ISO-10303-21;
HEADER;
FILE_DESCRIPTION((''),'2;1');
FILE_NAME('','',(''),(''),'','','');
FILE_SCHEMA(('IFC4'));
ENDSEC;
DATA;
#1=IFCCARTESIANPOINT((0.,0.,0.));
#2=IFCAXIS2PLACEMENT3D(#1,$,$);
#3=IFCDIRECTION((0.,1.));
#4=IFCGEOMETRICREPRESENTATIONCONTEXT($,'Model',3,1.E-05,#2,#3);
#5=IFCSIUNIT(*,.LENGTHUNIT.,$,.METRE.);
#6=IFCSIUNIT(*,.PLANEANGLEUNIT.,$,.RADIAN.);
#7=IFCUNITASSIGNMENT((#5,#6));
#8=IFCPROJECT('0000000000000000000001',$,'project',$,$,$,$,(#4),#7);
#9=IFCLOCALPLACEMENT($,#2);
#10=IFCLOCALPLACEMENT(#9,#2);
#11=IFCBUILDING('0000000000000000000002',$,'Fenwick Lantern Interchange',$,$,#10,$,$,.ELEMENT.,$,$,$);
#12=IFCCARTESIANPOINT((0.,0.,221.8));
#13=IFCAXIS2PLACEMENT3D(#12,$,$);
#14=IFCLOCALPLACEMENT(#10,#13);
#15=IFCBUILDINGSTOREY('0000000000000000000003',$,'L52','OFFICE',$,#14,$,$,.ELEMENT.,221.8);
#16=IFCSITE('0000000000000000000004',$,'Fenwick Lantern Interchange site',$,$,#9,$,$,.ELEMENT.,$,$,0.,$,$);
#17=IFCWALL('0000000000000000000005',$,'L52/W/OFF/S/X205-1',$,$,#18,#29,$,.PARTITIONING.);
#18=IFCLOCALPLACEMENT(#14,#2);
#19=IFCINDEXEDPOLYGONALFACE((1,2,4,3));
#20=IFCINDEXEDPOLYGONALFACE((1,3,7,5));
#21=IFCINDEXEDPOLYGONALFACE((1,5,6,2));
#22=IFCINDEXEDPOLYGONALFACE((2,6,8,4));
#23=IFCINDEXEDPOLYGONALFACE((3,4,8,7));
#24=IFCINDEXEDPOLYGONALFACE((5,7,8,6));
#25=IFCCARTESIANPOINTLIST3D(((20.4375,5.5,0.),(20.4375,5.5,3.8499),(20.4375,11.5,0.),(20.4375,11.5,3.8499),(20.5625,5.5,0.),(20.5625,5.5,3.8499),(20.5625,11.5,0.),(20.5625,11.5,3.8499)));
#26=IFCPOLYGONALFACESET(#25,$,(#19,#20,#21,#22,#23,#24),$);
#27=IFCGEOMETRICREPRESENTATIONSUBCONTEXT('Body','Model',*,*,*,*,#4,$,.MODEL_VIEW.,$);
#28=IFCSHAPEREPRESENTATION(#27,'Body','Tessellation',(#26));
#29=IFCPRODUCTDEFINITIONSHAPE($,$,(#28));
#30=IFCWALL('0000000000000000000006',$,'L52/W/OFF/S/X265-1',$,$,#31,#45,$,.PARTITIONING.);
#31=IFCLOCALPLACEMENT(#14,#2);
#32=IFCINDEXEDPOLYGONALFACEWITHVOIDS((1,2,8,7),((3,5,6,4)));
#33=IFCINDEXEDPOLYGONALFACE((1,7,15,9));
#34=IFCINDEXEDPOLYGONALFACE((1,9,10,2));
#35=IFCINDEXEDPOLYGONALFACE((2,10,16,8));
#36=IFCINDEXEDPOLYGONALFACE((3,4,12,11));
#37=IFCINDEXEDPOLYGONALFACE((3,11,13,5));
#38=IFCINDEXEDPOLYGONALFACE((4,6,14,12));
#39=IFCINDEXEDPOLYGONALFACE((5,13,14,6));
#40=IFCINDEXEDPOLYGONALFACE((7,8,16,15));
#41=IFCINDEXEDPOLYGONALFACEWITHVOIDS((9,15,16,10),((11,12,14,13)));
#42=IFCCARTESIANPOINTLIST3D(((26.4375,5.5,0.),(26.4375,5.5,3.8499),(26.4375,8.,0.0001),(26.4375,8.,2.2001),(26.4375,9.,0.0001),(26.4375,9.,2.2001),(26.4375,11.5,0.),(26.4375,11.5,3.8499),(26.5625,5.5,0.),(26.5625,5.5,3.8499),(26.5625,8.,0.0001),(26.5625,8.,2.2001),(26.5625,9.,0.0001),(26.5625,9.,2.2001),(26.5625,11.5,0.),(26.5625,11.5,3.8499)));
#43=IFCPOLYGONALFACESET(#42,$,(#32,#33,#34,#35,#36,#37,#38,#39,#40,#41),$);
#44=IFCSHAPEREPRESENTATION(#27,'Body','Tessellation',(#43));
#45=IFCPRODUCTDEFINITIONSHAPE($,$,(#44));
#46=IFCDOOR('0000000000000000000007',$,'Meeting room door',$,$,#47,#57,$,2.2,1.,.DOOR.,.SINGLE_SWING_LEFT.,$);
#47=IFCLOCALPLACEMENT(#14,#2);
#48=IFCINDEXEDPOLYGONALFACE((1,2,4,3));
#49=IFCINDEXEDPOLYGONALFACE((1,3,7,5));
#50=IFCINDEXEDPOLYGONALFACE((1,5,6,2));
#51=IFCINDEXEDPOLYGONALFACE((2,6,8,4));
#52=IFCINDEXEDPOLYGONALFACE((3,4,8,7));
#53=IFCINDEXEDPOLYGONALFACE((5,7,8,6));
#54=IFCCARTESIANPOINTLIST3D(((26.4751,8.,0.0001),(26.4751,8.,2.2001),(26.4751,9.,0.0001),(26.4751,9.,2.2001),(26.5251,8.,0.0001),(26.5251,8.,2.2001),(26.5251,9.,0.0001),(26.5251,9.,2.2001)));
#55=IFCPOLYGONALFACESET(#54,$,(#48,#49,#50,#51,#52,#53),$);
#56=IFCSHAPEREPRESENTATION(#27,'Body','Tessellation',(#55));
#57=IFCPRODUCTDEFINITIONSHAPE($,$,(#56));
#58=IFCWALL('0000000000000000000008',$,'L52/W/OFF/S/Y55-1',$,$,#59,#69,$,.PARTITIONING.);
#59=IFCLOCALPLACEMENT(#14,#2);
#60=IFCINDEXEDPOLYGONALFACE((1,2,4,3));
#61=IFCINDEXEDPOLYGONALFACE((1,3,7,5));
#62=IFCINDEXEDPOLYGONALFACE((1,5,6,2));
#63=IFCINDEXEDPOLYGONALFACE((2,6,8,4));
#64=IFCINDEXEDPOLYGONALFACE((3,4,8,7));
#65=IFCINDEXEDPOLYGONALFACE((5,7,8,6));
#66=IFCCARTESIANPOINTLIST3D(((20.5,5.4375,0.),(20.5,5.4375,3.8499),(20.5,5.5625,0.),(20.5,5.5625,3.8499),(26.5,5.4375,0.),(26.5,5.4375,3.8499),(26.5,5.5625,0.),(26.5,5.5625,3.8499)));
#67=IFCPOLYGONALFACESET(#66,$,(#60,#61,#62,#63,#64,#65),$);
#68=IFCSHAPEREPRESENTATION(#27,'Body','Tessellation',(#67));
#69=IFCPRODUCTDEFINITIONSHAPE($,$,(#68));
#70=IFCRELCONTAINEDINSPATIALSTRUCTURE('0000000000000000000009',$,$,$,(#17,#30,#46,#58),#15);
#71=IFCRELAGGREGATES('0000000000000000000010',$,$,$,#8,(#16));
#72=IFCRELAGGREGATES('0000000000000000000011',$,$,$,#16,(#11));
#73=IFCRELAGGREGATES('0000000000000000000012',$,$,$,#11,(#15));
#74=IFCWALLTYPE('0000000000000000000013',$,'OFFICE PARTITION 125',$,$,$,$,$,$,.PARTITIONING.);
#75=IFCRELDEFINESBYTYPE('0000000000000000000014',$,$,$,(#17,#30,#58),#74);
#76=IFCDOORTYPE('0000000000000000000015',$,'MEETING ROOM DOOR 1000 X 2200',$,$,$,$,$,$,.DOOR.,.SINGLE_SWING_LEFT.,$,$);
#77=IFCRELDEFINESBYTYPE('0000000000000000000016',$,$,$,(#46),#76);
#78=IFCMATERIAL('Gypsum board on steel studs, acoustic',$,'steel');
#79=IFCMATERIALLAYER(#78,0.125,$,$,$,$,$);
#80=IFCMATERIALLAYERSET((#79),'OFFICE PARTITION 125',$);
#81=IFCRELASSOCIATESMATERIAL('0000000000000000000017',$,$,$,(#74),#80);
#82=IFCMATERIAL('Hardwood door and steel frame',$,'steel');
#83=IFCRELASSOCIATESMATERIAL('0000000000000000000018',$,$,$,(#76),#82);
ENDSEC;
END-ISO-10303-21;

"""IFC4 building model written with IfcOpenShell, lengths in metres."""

from ifc_helpers import new_model, si_unit, direction, frame, frame_2d, origin, place, context, subcontext, project, spatial, rectangle, extrude, material, layer, layer_set, type_object, element, fill, save


model = new_model("IFC4")

# Units and contexts
model_context = context("Model", 3, precision=1e-05, world=origin(), true_north=direction((0.0, 1.0)))
body_context = subcontext(model_context, "Body", "Model", "MODEL_VIEW")
ifc_project = project(units=[si_unit("LENGTHUNIT", "METRE"), si_unit("PLANEANGLEUNIT", "RADIAN")], contexts=[model_context])

# Site, building, storey
site_placement = place(None, origin())
site = spatial("IfcSite", under=ifc_project, at=site_placement, Name="Fenwick Lantern Interchange site", CompositionType="ELEMENT", RefElevation=0.0)
building_placement = place(site_placement, origin())
building = spatial("IfcBuilding", under=site, at=building_placement, Name="Fenwick Lantern Interchange", CompositionType="ELEMENT")
storey_placement = place(building_placement, frame((0.0, 0.0, 221.8)))
storey = spatial("IfcBuildingStorey", under=building, at=storey_placement, Name="L52", Description="OFFICE", CompositionType="ELEMENT", Elevation=221.8)

# Wall
ifc_material_1 = material(Name="Gypsum board on steel studs, acoustic", Category="steel")
ifc_layer = layer(ifc_material_1, 0.125)
ifc_layer_set = layer_set([ifc_layer], Name="OFFICE PARTITION 125")
wall_type = type_object("IfcWallType", Name="OFFICE PARTITION 125", PredefinedType="PARTITIONING", material=ifc_layer_set)
wall_1_placement = place(storey_placement, frame((20.5, 5.5, 0.0), z_axis=(0.0, 0.0, 1.0), x_axis=(0.0, 1.0, 0.0)))
element("IfcWall", 1, at=wall_1_placement, inside=storey, type_object=wall_type, Name="L52/W/OFF/S/X205-1", PredefinedType="PARTITIONING", context=body_context, shape_type="SweptSolid", body=[
    extrude(rectangle(XDim=6.0, YDim=0.125, at=frame_2d((3.0, 0.0))), origin(), (0.0, 0.0, 1.0), 3.8499),
])

# Wall, opening, door
wall_2_placement = place(storey_placement, frame((26.5, 5.5, 0.0), z_axis=(0.0, 0.0, 1.0), x_axis=(0.0, 1.0, 0.0)))
wall_2 = element("IfcWall", 2, at=wall_2_placement, inside=storey, type_object=wall_type, Name="L52/W/OFF/S/X265-1", PredefinedType="PARTITIONING", context=body_context, shape_type="SweptSolid", body=[
    extrude(rectangle(XDim=6.0, YDim=0.125, at=frame_2d((3.0, 0.0))), origin(), (0.0, 0.0, 1.0), 3.8499),
])
opening_placement = place(wall_2_placement, frame((2.5, 0.0, 0.0)))
opening = element("IfcOpeningElement", 3, at=opening_placement, cuts=wall_2, PredefinedType="OPENING", context=body_context, shape_type="SweptSolid", body=[
    extrude(rectangle(XDim=1.0, YDim=2.2, at=frame_2d((0.5, 1.1001))), frame((0.0, 0.0725, 0.0), z_axis=(0.0, -1.0, 0.0), x_axis=(1.0, 0.0, 0.0)), (0.0, 0.0, 1.0), 0.145),
])
ifc_material_2 = material(Name="Hardwood door and steel frame", Category="steel")
door_type = type_object("IfcDoorType", Name="MEETING ROOM DOOR 1000 X 2200", OperationType="SINGLE_SWING_LEFT", PredefinedType="DOOR", material=ifc_material_2)
door_placement = place(opening_placement, origin())
door = element("IfcDoor", 4, at=door_placement, inside=storey, type_object=door_type, Name="Meeting room door", OperationType="SINGLE_SWING_LEFT", OverallHeight=2.2, OverallWidth=1.0, PredefinedType="DOOR", context=body_context, shape_type="SweptSolid", body=[
    extrude(rectangle(XDim=1.0, YDim=2.2, at=frame_2d((0.5, 1.1001))), frame((0.0, 0.0249, 0.0), z_axis=(0.0, -1.0, 0.0), x_axis=(1.0, 0.0, 0.0)), (0.0, 0.0, 1.0), 0.05),
])
fill(opening, door)

# Wall
wall_3_placement = place(storey_placement, frame((20.5, 5.5, 0.0), z_axis=(0.0, 0.0, 1.0), x_axis=(1.0, 0.0, 0.0)))
element("IfcWall", 5, at=wall_3_placement, inside=storey, type_object=wall_type, Name="L52/W/OFF/S/Y55-1", PredefinedType="PARTITIONING", context=body_context, shape_type="SweptSolid", body=[
    extrude(rectangle(XDim=6.0, YDim=0.125, at=frame_2d((3.0, 0.0))), origin(), (0.0, 0.0, 1.0), 3.8499),
])

save(model, "model.ifc")
